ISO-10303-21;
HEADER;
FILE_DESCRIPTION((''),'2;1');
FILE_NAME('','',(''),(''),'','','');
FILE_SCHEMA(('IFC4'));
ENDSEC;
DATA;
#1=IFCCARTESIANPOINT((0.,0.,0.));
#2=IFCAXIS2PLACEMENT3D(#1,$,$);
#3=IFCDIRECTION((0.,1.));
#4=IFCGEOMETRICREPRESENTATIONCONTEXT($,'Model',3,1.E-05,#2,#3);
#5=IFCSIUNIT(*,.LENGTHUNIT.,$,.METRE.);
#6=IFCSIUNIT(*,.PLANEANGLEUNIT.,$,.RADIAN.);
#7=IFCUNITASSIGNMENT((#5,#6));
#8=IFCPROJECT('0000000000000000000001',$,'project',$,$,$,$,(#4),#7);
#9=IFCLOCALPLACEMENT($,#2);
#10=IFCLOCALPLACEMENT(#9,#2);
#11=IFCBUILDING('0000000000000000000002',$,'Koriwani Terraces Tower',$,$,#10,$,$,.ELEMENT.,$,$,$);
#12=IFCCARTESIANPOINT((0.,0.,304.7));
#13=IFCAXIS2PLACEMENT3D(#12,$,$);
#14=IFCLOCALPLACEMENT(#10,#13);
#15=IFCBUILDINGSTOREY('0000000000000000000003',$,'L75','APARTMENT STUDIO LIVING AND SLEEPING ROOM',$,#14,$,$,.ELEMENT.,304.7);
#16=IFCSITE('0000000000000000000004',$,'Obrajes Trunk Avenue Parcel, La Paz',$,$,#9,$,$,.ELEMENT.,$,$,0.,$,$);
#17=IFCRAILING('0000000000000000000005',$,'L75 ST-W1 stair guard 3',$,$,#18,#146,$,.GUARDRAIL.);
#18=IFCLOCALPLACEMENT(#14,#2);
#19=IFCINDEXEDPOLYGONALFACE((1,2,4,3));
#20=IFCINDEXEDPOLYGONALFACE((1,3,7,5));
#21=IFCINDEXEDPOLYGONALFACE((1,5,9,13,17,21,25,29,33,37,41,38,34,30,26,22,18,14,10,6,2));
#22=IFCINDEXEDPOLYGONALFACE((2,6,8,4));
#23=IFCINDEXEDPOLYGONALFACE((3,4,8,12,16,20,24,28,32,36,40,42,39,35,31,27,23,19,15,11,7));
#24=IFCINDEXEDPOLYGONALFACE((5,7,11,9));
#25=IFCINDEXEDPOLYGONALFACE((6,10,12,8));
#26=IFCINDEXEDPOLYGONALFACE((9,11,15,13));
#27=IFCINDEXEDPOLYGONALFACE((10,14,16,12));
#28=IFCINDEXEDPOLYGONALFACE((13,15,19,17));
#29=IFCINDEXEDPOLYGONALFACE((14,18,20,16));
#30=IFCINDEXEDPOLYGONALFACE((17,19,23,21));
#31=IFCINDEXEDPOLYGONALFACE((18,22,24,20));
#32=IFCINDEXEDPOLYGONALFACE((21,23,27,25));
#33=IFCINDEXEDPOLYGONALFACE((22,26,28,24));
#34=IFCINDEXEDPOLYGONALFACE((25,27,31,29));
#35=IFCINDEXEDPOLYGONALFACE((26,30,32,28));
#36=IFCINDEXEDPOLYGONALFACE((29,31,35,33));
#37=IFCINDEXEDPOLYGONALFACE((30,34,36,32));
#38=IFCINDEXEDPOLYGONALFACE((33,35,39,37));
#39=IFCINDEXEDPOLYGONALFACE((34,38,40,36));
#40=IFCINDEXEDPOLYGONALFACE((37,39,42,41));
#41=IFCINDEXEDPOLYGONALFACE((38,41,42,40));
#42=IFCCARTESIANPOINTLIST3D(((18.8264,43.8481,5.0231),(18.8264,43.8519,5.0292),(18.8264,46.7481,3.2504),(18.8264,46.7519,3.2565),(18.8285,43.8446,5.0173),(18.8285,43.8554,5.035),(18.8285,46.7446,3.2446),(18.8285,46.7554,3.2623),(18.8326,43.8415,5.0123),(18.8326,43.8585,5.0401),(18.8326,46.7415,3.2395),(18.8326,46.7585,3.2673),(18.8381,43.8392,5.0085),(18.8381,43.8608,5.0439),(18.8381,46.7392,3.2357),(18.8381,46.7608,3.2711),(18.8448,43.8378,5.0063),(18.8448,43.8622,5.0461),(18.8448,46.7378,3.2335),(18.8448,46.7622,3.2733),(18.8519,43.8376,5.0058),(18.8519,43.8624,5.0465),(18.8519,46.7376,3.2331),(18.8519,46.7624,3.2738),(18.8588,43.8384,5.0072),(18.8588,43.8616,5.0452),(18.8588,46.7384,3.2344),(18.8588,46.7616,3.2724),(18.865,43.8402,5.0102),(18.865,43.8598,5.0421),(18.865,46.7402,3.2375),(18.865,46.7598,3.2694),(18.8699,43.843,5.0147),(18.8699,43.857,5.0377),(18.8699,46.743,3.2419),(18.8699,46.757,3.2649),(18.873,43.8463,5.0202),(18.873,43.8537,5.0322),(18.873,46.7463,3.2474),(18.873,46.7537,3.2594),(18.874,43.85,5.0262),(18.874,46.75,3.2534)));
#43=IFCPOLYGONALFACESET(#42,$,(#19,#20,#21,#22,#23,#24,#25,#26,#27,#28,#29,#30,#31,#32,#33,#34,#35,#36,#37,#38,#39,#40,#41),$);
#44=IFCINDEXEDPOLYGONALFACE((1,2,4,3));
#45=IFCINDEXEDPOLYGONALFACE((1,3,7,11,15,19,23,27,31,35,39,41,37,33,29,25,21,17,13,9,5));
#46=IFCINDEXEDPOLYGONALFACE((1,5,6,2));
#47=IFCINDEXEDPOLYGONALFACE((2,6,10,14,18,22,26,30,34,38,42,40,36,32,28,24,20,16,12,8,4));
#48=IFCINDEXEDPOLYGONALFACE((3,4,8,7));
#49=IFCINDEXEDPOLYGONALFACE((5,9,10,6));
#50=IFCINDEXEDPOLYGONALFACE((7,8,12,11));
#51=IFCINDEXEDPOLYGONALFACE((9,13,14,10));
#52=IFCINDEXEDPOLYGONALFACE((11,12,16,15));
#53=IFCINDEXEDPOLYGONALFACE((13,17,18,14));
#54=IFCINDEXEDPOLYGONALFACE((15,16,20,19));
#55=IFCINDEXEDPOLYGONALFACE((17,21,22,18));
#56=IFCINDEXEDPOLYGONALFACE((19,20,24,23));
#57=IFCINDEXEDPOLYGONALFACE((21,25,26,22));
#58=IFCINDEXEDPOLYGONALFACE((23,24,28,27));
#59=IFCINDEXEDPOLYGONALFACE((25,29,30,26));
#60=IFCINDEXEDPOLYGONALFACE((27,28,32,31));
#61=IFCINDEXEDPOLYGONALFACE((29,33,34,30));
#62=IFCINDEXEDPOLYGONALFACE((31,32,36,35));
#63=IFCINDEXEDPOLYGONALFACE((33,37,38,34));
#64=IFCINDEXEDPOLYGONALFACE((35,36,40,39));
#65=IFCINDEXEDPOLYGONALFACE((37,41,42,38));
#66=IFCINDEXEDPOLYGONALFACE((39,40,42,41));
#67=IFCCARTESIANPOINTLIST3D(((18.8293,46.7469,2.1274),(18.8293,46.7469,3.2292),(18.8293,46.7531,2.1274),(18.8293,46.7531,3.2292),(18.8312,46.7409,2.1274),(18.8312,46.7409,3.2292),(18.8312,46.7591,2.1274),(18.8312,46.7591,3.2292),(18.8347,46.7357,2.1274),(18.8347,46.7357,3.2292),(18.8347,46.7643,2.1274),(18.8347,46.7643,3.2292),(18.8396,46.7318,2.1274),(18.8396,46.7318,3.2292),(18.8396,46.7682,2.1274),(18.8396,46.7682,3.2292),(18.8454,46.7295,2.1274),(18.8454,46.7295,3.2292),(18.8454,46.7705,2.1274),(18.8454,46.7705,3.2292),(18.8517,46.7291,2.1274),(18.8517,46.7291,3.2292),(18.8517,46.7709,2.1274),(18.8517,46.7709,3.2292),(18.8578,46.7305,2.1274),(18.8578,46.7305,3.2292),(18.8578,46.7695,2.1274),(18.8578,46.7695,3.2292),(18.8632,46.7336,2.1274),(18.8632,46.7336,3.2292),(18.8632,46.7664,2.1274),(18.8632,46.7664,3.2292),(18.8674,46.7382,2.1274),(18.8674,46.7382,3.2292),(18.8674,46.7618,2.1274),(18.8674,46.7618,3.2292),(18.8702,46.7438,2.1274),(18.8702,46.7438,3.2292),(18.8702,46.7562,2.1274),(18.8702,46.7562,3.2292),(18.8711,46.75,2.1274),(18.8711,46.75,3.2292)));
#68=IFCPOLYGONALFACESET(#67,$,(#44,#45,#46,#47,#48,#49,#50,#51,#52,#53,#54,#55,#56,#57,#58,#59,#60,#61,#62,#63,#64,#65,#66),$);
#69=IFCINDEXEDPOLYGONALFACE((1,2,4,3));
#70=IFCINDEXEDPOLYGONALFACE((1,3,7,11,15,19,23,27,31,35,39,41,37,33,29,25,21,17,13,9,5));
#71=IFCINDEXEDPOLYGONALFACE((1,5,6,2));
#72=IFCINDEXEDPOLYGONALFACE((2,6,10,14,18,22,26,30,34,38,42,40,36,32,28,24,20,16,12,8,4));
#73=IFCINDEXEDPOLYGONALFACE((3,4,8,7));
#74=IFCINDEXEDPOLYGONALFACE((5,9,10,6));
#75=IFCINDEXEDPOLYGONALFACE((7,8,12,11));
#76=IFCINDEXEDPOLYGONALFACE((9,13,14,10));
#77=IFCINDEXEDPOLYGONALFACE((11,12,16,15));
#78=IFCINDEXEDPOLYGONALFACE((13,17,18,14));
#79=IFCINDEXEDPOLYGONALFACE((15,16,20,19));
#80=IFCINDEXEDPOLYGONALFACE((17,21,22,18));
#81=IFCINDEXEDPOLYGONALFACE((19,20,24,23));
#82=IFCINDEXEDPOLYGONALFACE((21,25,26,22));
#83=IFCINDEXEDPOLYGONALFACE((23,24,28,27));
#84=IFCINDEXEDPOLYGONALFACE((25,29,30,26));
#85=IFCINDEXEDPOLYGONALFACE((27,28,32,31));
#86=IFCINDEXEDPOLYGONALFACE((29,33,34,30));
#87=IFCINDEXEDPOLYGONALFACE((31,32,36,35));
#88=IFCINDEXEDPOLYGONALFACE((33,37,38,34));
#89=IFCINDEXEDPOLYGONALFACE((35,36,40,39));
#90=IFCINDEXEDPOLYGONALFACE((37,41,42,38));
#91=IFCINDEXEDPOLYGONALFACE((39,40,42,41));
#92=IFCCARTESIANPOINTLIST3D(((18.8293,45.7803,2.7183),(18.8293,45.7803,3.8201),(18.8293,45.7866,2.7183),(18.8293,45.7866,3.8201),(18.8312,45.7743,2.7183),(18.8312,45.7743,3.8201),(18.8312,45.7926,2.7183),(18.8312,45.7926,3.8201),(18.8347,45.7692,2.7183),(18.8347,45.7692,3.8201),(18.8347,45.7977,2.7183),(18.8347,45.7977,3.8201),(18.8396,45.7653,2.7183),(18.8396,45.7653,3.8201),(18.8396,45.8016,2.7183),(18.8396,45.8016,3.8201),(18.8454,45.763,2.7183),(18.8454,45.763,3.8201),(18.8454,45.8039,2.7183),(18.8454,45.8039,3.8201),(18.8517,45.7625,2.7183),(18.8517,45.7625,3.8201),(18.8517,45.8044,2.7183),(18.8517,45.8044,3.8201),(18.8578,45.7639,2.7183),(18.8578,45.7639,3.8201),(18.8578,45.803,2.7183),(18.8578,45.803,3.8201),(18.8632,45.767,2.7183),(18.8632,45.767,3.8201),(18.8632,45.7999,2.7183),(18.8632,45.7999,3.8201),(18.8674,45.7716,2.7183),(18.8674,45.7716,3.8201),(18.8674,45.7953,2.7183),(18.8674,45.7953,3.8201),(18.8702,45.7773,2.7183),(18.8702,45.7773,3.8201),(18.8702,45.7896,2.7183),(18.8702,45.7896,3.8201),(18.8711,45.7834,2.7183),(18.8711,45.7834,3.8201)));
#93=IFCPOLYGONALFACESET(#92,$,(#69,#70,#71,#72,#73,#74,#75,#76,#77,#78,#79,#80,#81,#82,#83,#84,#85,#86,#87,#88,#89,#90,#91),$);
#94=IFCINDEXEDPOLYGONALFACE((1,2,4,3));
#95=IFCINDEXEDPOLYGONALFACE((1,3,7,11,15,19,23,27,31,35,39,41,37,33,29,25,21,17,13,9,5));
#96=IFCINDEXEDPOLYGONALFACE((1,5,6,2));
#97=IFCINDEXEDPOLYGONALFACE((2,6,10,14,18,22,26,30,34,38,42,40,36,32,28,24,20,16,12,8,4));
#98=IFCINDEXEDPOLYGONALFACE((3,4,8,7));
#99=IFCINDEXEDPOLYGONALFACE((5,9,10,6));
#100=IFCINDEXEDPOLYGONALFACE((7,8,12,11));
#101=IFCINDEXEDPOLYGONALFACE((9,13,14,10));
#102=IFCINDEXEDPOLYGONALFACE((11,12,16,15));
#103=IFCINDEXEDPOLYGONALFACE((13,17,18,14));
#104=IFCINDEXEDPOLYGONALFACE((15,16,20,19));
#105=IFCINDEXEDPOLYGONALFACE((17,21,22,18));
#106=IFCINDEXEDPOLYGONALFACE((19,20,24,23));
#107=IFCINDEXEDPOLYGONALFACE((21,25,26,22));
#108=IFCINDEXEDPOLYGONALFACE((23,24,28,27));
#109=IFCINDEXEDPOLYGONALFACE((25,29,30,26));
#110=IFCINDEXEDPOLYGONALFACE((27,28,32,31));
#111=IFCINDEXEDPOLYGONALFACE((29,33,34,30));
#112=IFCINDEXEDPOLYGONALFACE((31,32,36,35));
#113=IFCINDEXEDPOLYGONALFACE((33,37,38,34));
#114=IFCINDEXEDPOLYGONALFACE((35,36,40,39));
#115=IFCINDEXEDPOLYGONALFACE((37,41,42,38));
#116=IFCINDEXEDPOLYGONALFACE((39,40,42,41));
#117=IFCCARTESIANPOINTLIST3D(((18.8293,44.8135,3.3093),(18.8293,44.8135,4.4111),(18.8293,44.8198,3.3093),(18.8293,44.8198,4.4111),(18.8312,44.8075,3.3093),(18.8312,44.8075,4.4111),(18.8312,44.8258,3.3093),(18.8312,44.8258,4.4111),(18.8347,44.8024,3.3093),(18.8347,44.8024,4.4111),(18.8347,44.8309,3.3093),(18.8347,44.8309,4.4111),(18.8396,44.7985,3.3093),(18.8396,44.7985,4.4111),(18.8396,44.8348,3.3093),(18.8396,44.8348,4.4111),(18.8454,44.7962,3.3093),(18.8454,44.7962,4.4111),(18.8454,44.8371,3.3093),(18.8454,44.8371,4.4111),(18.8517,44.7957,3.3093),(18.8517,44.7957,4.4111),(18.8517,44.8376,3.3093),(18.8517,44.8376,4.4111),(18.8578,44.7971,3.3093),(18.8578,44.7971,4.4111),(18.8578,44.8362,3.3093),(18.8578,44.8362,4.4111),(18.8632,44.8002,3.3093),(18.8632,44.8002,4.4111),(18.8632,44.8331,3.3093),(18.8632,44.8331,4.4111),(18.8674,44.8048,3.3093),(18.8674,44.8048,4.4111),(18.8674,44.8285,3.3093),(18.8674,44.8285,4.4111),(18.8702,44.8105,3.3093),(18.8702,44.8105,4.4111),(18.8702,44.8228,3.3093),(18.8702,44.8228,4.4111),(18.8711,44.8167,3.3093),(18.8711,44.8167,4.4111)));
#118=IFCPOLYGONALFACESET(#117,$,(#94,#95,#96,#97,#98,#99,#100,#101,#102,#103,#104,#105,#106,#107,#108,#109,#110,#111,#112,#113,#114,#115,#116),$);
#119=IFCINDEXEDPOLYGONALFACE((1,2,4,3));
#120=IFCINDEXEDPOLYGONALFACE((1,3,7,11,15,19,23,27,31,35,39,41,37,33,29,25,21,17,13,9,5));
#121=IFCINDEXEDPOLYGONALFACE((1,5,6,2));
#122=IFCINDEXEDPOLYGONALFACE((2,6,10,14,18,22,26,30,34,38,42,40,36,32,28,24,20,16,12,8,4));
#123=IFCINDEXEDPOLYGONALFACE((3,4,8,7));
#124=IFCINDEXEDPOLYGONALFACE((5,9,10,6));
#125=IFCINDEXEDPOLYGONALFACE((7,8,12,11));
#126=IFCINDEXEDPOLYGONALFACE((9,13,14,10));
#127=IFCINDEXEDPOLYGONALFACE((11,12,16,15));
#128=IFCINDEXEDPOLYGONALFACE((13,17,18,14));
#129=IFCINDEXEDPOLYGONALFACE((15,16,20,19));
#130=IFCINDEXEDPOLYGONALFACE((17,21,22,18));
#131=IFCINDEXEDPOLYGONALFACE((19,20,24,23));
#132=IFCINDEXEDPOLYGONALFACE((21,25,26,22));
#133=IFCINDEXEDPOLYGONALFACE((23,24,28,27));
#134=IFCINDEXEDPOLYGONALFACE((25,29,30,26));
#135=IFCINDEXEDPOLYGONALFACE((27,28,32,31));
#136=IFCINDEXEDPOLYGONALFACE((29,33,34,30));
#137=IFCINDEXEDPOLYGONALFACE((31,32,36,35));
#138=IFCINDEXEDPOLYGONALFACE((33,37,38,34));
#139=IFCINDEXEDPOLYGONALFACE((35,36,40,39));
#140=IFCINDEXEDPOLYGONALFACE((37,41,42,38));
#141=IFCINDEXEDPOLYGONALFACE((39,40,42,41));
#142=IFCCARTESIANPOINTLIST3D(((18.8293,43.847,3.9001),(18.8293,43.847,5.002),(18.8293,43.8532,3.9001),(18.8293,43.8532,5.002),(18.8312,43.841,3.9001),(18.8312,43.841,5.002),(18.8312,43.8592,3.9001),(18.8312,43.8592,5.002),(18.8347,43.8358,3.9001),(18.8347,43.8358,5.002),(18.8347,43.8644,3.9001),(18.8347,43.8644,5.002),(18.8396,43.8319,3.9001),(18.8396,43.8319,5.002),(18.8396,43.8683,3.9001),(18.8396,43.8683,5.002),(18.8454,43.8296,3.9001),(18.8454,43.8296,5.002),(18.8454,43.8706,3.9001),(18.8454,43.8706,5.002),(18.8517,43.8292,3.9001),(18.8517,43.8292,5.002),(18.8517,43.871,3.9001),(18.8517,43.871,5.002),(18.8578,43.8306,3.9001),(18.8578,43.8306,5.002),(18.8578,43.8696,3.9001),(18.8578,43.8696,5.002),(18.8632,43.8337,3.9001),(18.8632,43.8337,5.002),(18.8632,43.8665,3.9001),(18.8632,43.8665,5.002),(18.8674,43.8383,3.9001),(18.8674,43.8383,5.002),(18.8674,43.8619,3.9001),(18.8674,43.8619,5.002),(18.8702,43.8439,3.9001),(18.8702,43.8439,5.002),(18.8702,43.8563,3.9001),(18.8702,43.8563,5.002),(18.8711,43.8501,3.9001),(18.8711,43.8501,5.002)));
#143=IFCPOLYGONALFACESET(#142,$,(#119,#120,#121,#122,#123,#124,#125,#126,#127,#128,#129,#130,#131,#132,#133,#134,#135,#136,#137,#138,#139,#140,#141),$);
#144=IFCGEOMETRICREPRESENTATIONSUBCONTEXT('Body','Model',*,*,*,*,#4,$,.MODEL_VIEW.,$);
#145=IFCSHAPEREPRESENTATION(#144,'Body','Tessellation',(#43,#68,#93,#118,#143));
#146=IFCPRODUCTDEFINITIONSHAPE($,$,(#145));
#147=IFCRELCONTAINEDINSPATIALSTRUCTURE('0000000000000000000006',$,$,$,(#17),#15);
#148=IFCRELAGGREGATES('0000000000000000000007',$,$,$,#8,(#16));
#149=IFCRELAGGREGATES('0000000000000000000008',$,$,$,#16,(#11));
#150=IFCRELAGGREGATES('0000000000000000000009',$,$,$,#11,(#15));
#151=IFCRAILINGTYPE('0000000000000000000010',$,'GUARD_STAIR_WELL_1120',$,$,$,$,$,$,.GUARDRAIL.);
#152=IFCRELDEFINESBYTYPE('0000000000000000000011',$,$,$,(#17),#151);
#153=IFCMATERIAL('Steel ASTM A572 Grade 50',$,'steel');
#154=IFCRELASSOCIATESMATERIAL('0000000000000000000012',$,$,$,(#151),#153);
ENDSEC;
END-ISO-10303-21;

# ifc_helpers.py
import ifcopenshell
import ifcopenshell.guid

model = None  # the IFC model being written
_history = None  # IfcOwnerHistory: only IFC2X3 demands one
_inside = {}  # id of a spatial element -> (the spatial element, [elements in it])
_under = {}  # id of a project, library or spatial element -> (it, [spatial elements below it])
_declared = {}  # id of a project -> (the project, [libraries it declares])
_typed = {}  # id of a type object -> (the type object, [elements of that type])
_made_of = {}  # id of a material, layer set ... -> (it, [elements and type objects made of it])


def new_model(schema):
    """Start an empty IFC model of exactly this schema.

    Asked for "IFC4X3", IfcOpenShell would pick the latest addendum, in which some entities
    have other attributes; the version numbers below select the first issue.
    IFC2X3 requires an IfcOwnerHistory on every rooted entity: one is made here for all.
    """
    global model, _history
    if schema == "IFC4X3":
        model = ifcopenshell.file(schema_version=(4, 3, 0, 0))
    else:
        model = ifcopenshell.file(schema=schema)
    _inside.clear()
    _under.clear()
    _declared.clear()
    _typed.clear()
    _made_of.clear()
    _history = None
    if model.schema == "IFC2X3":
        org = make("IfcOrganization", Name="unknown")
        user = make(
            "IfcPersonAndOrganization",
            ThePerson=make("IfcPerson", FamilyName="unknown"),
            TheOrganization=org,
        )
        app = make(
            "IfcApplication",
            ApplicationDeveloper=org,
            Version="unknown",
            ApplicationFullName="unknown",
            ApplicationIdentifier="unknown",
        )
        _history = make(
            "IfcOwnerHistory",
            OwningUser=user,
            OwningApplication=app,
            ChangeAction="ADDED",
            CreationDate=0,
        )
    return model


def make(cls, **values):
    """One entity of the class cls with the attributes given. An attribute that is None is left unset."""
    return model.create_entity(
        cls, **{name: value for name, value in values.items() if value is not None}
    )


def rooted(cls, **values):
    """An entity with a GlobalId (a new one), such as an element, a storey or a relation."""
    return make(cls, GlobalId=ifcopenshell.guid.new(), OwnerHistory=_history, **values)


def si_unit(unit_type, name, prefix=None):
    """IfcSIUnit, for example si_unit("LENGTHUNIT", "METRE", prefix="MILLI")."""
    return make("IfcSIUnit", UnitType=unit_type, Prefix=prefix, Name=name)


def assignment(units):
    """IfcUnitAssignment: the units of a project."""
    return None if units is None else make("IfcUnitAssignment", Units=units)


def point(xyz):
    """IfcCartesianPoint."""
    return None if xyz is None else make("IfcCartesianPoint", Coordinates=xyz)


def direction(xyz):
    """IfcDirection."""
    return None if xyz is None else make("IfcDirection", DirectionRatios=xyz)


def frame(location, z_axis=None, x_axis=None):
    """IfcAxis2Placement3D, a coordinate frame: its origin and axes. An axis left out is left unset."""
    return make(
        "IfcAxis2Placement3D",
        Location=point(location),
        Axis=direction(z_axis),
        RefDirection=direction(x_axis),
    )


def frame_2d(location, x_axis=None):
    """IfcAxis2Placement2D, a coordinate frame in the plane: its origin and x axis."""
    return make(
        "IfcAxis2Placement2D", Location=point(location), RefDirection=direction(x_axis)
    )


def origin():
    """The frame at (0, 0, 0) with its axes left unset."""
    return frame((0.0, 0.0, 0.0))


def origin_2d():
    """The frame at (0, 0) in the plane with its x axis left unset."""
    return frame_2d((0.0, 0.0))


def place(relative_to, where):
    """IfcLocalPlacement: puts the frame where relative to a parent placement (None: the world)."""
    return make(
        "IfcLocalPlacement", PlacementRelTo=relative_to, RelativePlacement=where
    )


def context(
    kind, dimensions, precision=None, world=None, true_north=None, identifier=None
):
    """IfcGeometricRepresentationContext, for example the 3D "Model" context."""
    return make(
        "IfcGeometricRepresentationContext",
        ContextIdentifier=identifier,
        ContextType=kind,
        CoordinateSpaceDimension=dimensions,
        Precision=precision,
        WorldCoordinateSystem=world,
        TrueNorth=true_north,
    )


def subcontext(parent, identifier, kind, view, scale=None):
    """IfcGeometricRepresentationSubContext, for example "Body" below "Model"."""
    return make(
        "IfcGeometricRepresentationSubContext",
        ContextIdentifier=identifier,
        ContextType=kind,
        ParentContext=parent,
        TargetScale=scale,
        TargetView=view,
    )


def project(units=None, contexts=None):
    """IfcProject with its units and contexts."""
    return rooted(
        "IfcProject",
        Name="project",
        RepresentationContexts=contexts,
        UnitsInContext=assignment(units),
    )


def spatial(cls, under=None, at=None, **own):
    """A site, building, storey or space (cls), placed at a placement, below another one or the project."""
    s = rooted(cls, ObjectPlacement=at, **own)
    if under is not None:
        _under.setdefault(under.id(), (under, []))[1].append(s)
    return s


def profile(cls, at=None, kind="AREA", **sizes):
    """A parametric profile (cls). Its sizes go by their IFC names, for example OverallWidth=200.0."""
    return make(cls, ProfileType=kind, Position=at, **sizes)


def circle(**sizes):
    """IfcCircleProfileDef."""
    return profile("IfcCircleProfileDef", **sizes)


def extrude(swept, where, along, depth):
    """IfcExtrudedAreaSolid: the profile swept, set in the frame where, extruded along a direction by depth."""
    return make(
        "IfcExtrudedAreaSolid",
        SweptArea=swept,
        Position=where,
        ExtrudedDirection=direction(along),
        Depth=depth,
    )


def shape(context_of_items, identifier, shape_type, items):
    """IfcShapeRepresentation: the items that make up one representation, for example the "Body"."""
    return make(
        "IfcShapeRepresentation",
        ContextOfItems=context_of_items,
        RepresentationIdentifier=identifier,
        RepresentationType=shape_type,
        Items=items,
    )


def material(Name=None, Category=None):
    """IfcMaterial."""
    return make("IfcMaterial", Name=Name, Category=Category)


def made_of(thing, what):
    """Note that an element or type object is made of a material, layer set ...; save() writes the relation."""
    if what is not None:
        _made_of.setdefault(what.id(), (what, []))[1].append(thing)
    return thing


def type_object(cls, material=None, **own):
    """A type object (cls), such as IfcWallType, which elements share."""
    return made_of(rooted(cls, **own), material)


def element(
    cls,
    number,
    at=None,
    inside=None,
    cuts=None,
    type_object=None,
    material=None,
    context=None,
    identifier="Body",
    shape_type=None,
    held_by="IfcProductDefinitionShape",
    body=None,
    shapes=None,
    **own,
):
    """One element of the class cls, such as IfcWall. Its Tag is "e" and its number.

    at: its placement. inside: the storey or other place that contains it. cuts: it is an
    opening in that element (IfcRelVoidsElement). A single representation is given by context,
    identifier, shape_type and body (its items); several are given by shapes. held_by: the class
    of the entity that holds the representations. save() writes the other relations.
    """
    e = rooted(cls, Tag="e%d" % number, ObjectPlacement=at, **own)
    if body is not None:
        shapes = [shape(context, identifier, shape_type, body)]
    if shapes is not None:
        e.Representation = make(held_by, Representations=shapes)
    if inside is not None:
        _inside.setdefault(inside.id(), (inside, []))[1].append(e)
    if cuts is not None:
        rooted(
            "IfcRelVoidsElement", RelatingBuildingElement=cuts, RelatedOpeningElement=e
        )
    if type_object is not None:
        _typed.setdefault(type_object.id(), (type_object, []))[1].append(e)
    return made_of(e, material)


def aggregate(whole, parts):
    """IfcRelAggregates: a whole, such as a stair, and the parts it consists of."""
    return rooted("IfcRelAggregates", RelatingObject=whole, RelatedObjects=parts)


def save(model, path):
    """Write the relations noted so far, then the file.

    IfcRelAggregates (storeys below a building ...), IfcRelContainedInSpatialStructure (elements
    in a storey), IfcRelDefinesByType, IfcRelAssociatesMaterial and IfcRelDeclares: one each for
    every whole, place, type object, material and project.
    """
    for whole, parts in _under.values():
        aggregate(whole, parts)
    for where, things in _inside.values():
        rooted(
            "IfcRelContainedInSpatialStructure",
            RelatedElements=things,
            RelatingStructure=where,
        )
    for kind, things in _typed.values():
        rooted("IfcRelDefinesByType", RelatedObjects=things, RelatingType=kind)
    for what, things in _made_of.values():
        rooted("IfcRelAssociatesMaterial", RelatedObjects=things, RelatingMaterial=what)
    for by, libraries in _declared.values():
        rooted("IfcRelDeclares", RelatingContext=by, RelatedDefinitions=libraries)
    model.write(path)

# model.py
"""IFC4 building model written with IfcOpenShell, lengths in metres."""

from ifc_helpers import new_model, si_unit, direction, frame, origin, origin_2d, place, context, subcontext, project, spatial, circle, extrude, material, type_object, element, save


model = new_model("IFC4")

# Units and contexts
model_context = context("Model", 3, precision=1e-05, world=origin(), true_north=direction((0.0, 1.0)))
body_context = subcontext(model_context, "Body", "Model", "MODEL_VIEW")
ifc_project = project(units=[si_unit("LENGTHUNIT", "METRE"), si_unit("PLANEANGLEUNIT", "RADIAN")], contexts=[model_context])

# Site, building, storey
site_placement = place(None, origin())
site = spatial("IfcSite", under=ifc_project, at=site_placement, Name="Obrajes Trunk Avenue Parcel, La Paz", CompositionType="ELEMENT", RefElevation=0.0)
building_placement = place(site_placement, origin())
building = spatial("IfcBuilding", under=site, at=building_placement, Name="Koriwani Terraces Tower", CompositionType="ELEMENT")
storey_placement = place(building_placement, frame((0.0, 0.0, 304.7)))
storey = spatial("IfcBuildingStorey", under=building, at=storey_placement, Name="L75", Description="APARTMENT STUDIO LIVING AND SLEEPING ROOM", CompositionType="ELEMENT", Elevation=304.7)

# Shared definitions
ifc_material_1 = material(Name="Steel ASTM A572 Grade 50", Category="steel")

# Railing
railing_type_1 = type_object("IfcRailingType", Name="GUARD_STAIR_WELL_1120", PredefinedType="GUARDRAIL", material=ifc_material_1)
railing_1_placement = place(storey_placement, frame((18.8501, 46.75, 2.1274)))
element("IfcRailing", 1, at=railing_1_placement, inside=storey, type_object=railing_type_1, Name="L75 ST-W1 stair guard 3", PredefinedType="GUARDRAIL", context=body_context, shape_type="SweptSolid", body=[
    extrude(circle(Radius=0.0239, at=origin_2d()), frame((0.0, 0.0, 1.126), z_axis=(0.0, -0.853211, 0.521566), x_axis=(1.0, 0.0, 0.0)), (0.0, 0.0, 1.0), 3.3989),
    extrude(circle(Radius=0.021, at=origin_2d()), origin(), (0.0, 0.0, 1.0), 1.1018),
    extrude(circle(Radius=0.021, at=origin_2d()), frame((0.0, -0.9666, 0.5908)), (0.0, 0.0, 1.0), 1.1018),
    extrude(circle(Radius=0.021, at=origin_2d()), frame((0.0, -1.9333, 1.1819)), (0.0, 0.0, 1.0), 1.1018),
    extrude(circle(Radius=0.021, at=origin_2d()), frame((0.0, -2.8999, 1.7727)), (0.0, 0.0, 1.0), 1.1018),
])

save(model, "model.ifc")
